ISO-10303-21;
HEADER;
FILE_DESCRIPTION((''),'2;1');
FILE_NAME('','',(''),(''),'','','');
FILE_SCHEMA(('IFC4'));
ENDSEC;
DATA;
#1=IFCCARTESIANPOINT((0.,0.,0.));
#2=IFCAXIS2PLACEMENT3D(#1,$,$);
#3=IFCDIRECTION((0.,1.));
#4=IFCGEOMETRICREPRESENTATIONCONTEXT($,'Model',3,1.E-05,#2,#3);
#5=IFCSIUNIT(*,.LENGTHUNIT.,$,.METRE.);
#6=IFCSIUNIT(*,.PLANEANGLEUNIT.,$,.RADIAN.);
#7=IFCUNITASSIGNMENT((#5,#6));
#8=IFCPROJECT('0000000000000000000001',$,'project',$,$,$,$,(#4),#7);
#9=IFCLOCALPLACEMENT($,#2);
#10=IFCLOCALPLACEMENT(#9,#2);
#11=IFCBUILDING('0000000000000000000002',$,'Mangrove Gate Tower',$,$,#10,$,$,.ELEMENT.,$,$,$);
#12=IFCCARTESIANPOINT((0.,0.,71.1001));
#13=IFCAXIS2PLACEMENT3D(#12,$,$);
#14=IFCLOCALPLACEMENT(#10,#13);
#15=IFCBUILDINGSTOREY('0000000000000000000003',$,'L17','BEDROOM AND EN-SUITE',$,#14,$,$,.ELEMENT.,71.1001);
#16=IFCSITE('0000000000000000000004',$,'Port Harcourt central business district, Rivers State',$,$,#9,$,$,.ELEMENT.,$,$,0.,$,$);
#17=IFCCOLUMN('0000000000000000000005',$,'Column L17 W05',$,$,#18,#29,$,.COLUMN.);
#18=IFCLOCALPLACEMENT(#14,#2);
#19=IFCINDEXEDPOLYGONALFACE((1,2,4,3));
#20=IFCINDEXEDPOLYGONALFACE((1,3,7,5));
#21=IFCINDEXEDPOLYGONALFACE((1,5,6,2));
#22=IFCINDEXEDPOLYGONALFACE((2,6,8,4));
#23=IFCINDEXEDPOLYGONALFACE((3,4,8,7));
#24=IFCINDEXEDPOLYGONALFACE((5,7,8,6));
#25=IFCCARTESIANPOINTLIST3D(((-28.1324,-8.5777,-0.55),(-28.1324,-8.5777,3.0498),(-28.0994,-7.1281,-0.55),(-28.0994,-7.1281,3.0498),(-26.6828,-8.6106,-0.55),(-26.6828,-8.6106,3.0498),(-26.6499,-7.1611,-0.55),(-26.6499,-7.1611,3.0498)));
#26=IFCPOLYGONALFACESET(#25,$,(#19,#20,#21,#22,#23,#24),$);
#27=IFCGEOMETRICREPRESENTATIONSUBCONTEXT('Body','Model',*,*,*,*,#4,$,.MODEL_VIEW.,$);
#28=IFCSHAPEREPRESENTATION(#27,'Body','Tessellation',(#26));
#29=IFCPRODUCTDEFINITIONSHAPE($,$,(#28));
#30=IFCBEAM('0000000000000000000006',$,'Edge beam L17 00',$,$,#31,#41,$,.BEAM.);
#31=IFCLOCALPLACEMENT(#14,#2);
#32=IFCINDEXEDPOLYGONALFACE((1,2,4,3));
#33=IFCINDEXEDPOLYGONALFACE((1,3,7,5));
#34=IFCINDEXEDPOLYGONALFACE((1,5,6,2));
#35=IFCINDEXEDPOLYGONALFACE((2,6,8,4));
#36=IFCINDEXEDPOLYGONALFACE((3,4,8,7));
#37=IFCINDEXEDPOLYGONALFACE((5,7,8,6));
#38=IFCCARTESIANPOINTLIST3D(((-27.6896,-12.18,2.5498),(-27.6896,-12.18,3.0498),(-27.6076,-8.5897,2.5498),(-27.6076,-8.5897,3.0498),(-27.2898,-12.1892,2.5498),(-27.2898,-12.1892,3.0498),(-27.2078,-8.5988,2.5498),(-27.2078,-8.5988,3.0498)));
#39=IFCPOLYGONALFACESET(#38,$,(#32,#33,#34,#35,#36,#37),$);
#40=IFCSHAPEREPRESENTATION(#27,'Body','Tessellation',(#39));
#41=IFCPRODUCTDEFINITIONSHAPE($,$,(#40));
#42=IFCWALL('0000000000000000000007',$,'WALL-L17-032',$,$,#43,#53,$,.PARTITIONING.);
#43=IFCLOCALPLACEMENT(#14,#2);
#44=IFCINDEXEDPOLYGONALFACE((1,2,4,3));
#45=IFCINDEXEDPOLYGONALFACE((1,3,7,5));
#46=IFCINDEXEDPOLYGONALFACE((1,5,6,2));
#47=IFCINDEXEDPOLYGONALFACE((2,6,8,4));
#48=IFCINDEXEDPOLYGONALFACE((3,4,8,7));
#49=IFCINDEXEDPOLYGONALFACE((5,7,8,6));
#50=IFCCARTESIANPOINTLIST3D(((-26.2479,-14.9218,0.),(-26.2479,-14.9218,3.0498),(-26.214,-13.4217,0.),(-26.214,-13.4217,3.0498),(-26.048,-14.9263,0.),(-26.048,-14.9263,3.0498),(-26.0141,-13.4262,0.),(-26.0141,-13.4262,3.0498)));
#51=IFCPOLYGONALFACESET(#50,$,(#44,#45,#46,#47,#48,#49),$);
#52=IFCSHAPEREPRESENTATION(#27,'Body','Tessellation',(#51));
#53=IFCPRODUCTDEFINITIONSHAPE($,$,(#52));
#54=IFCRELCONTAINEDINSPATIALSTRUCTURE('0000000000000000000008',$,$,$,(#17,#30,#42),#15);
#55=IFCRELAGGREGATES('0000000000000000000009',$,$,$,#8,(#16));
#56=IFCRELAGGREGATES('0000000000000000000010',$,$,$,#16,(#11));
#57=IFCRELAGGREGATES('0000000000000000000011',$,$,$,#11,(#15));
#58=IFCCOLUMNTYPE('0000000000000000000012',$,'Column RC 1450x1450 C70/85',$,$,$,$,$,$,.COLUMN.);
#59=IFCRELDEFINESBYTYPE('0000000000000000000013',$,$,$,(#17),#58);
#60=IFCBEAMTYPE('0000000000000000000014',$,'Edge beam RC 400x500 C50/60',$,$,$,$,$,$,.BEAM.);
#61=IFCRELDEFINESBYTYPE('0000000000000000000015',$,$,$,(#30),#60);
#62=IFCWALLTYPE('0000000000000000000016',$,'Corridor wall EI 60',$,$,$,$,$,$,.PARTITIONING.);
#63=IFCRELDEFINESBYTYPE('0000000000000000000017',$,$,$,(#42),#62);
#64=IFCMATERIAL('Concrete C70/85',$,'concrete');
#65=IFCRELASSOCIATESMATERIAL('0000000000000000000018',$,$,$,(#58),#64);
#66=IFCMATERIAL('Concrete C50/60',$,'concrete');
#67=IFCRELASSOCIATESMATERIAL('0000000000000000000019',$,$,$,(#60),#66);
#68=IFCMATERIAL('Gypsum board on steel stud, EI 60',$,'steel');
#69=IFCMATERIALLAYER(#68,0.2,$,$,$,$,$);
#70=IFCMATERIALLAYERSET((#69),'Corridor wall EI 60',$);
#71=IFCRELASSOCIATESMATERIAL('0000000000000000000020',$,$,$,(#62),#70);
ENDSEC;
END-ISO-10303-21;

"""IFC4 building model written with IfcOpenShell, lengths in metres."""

from ifc_helpers import new_model, si_unit, direction, frame, frame_2d, origin, origin_2d, place, context, subcontext, project, spatial, rectangle, extrude, material, layer, layer_set, material_profile, profile_set, type_object, element, save


model = new_model("IFC4")

# Units and contexts
model_context = context("Model", 3, precision=1e-05, world=origin(), true_north=direction((0.0, 1.0)))
body_context = subcontext(model_context, "Body", "Model", "MODEL_VIEW")
ifc_project = project(units=[si_unit("LENGTHUNIT", "METRE"), si_unit("PLANEANGLEUNIT", "RADIAN")], contexts=[model_context])

# Site, building, storey
site_placement = place(None, origin())
site = spatial("IfcSite", under=ifc_project, at=site_placement, Name="Port Harcourt central business district, Rivers State", CompositionType="ELEMENT", RefElevation=0.0)
building_placement = place(site_placement, origin())
building = spatial("IfcBuilding", under=site, at=building_placement, Name="Mangrove Gate Tower", CompositionType="ELEMENT")
storey_placement = place(building_placement, frame((0.0, 0.0, 71.1001)))
storey = spatial("IfcBuildingStorey", under=building, at=storey_placement, Name="L17", Description="BEDROOM AND EN-SUITE", CompositionType="ELEMENT", Elevation=71.1001)

# Column
ifc_material_1 = material(Name="Concrete C70/85", Category="concrete")
ifc_material_profile_1 = material_profile(ifc_material_1, rectangle(XDim=1.45, YDim=1.45, at=origin_2d()))
ifc_profile_set_1 = profile_set([ifc_material_profile_1], Name="Concrete C70/85")
column_type = type_object("IfcColumnType", Name="Column RC 1450x1450 C70/85", PredefinedType="COLUMN", material=ifc_profile_set_1)
column_placement = place(storey_placement, frame((-27.3911, -7.8694, -0.55), z_axis=(0.0, 0.0, 1.0), x_axis=(-0.022723, -0.999742, 0.0)))
element("IfcColumn", 1, at=column_placement, inside=storey, type_object=column_type, Name="Column L17 W05", PredefinedType="COLUMN", context=body_context, shape_type="SweptSolid", body=[
    extrude(rectangle(XDim=1.45, YDim=1.45, at=origin_2d()), origin(), (0.0, 0.0, 1.0), 3.5999),
])

# Beam
ifc_material_2 = material(Name="Concrete C50/60", Category="concrete")
ifc_material_profile_2 = material_profile(ifc_material_2, rectangle(XDim=0.3999, YDim=0.5, at=origin_2d()))
ifc_profile_set_2 = profile_set([ifc_material_profile_2], Name="Concrete C50/60")
beam_type = type_object("IfcBeamType", Name="Edge beam RC 400x500 C50/60", PredefinedType="BEAM", material=ifc_profile_set_2)
beam_placement = place(storey_placement, frame((-27.4077, -8.5942, 2.7998), z_axis=(-0.022842, -0.999739, 0.0), x_axis=(0.999739, -0.022842, 0.0)))
element("IfcBeam", 2, at=beam_placement, inside=storey, type_object=beam_type, Name="Edge beam L17 00", PredefinedType="BEAM", context=body_context, shape_type="SweptSolid", body=[
    extrude(rectangle(XDim=0.3999, YDim=0.5, at=origin_2d()), origin(), (0.0, 0.0, 1.0), 3.5913),
])

# Shared definitions
ifc_material_3 = material(Name="Gypsum board on steel stud, EI 60", Category="steel")
ifc_layer = layer(ifc_material_3, 0.2)
ifc_layer_set = layer_set([ifc_layer], Name="Corridor wall EI 60")
wall_type = type_object("IfcWallType", Name="Corridor wall EI 60", PredefinedType="PARTITIONING", material=ifc_layer_set)

# Wall
wall_1_placement = place(storey_placement, frame((-26.1479, -14.9241, 0.0), z_axis=(0.0, 0.0, 1.0), x_axis=(0.022618, 0.999744, 0.0)))
element("IfcWall", 3, at=wall_1_placement, inside=storey, type_object=wall_type, Name="WALL-L17-032", PredefinedType="PARTITIONING", context=body_context, shape_type="SweptSolid", body=[
    extrude(rectangle(XDim=1.5005, YDim=0.2, at=frame_2d((0.7502, 0.0))), origin(), (0.0, 0.0, 1.0), 3.0498),
])

save(model, "model.ifc")
